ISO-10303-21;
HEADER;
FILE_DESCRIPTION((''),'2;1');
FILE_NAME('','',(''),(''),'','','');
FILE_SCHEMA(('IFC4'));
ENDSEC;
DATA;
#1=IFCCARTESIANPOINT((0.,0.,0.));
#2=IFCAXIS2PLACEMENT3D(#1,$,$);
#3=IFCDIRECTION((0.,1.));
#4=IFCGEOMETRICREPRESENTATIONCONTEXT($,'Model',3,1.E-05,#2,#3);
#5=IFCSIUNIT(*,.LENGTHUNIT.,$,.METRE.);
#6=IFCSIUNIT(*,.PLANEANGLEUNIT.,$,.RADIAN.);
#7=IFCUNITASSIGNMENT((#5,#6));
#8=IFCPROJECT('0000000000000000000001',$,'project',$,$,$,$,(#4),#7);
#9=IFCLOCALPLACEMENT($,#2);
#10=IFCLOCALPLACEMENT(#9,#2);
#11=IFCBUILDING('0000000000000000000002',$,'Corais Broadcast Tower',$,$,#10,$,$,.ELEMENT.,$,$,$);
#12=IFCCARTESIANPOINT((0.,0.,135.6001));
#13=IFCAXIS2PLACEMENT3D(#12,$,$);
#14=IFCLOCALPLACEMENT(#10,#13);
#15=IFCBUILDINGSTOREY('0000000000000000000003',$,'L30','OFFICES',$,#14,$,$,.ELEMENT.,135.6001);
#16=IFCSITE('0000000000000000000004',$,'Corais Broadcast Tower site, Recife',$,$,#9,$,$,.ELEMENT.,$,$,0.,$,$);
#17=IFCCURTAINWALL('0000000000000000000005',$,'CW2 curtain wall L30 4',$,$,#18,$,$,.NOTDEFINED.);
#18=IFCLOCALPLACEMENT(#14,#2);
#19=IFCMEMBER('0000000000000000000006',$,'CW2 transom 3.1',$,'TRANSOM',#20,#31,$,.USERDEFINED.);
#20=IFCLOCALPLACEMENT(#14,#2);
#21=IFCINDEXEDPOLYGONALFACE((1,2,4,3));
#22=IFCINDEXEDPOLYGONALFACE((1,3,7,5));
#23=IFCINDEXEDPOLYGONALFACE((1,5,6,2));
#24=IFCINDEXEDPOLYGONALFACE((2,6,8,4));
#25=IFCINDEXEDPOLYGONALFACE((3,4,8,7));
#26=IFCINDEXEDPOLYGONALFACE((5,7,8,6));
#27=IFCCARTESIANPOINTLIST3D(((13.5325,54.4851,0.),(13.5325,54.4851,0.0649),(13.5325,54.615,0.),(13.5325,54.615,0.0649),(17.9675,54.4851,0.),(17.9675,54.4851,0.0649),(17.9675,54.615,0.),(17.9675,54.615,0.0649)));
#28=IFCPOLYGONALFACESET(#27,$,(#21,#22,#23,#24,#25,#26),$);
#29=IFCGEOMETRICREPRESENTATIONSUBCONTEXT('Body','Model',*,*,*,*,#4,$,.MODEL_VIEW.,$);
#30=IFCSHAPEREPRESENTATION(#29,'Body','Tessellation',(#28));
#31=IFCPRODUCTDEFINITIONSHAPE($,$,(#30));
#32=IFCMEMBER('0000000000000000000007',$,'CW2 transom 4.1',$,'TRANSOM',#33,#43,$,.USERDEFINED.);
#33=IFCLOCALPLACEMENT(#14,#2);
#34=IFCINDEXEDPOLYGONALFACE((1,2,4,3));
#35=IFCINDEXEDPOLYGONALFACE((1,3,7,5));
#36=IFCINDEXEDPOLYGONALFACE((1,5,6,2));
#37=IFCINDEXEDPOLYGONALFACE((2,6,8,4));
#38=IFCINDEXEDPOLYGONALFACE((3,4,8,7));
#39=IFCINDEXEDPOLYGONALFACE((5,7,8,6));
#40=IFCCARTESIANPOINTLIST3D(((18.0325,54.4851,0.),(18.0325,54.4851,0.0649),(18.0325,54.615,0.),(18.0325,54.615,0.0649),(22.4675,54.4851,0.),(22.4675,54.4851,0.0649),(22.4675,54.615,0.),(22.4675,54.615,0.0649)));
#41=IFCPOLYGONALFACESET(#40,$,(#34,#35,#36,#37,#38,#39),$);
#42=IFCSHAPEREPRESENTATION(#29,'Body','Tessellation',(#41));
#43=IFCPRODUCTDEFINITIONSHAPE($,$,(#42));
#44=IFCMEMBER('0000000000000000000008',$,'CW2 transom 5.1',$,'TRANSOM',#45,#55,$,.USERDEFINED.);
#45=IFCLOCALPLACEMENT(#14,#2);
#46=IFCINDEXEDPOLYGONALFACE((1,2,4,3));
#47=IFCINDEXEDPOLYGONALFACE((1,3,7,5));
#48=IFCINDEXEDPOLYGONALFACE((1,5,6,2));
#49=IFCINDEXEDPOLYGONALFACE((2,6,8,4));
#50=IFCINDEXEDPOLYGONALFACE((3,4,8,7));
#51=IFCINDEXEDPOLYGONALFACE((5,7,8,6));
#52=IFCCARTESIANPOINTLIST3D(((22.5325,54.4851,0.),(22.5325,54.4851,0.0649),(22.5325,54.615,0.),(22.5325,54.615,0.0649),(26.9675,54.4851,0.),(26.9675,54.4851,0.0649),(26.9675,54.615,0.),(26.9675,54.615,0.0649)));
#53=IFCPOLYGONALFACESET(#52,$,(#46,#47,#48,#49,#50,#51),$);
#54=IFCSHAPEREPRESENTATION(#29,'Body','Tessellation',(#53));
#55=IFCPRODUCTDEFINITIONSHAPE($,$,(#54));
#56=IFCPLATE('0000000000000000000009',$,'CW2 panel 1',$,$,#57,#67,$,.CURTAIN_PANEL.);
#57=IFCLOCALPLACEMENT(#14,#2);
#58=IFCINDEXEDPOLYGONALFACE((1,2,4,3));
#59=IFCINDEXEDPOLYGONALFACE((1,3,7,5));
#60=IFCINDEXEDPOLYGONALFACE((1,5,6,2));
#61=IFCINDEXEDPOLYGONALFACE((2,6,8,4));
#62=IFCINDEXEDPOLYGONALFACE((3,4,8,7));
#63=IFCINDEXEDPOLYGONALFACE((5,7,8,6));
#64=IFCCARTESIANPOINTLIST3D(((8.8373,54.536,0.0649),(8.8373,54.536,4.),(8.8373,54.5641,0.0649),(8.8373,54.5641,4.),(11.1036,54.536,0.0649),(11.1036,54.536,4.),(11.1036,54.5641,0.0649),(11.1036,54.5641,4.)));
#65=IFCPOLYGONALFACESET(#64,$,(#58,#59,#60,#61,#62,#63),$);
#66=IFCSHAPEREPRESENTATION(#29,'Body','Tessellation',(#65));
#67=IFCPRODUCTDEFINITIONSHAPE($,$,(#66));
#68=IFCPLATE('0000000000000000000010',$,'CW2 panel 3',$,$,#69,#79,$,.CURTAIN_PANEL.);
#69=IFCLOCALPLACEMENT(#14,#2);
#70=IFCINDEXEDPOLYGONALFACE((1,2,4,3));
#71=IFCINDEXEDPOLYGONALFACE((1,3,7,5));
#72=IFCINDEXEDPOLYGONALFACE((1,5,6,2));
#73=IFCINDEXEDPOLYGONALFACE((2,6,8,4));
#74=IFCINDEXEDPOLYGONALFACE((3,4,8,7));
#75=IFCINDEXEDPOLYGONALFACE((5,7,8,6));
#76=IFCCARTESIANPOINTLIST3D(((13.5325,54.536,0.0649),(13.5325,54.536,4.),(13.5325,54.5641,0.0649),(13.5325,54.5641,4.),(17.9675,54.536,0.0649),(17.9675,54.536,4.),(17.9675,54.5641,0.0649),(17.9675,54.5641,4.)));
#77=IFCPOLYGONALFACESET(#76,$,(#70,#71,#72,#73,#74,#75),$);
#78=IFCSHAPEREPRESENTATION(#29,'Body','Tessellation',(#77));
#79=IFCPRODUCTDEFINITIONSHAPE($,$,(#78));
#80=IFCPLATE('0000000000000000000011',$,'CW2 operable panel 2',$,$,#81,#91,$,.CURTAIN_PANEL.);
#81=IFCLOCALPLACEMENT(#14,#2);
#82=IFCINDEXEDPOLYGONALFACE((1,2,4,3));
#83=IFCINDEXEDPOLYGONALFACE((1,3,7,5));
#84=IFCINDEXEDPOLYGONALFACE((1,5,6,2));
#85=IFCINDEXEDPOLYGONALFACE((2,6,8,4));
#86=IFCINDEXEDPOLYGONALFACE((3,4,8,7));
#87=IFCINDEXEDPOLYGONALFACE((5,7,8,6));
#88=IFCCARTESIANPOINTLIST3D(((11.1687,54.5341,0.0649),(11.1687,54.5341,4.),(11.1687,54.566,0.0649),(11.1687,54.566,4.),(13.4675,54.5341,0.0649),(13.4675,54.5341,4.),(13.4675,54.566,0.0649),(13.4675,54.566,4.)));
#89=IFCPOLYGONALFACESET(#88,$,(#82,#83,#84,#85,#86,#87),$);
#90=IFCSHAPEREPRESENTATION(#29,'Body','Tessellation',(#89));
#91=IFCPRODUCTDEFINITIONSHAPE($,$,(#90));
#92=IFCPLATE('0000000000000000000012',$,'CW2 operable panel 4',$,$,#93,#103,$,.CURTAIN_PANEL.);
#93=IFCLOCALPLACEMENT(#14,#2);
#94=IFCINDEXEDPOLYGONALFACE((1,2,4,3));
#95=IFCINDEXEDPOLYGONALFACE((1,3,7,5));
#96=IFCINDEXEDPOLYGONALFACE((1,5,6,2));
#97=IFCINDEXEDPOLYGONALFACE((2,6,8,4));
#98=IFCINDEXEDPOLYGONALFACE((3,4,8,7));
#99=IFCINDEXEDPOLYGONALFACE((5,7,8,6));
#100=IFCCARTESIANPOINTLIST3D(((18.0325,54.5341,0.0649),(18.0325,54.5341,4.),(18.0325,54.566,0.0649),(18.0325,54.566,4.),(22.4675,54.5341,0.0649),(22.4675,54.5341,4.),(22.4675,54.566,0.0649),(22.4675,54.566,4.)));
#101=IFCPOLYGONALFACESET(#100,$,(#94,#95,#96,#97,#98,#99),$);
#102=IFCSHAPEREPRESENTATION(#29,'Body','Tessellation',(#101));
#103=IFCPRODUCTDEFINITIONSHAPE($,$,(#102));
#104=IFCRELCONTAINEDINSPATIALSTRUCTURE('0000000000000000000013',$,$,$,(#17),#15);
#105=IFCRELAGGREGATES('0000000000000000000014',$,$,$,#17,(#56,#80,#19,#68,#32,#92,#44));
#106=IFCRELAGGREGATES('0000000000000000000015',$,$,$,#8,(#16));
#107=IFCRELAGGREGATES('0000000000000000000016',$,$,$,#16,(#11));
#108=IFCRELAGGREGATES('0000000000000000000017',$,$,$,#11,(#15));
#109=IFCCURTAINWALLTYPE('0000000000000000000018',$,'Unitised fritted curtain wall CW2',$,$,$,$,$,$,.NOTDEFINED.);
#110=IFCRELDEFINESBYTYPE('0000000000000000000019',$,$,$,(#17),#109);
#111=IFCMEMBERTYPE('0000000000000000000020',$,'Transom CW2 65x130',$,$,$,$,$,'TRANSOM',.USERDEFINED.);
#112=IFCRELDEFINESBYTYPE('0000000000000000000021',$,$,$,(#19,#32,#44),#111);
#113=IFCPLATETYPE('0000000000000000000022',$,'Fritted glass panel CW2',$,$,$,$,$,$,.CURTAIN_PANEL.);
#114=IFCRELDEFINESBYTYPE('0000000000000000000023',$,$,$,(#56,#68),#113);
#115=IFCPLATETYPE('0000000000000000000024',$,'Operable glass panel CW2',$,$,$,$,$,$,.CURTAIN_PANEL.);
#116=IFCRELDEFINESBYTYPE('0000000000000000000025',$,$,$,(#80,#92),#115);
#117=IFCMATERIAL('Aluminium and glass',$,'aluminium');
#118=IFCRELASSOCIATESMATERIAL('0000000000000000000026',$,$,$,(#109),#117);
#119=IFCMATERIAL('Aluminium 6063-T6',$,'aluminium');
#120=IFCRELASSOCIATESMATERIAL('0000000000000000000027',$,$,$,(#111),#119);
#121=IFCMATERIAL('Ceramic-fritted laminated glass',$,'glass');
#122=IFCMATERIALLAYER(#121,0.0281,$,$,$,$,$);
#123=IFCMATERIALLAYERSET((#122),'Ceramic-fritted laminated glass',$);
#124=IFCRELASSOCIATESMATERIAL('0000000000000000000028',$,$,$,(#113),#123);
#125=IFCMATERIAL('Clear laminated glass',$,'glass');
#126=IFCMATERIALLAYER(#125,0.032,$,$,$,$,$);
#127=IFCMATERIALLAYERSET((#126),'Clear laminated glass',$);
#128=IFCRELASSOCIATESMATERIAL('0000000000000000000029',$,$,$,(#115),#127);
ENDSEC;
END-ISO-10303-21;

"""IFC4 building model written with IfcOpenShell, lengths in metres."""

from ifc_helpers import new_model, si_unit, direction, frame, origin, origin_2d, place, context, subcontext, project, spatial, rectangle, extrude, material, layer, layer_set, material_profile, profile_set, type_object, element, aggregate, save


model = new_model("IFC4")

# Units and contexts
model_context = context("Model", 3, precision=1e-05, world=origin(), true_north=direction((0.0, 1.0)))
body_context = subcontext(model_context, "Body", "Model", "MODEL_VIEW")
ifc_project = project(units=[si_unit("LENGTHUNIT", "METRE"), si_unit("PLANEANGLEUNIT", "RADIAN")], contexts=[model_context])

# Site, building, storey
site_placement = place(None, origin())
site = spatial("IfcSite", under=ifc_project, at=site_placement, Name="Corais Broadcast Tower site, Recife", CompositionType="ELEMENT", RefElevation=0.0)
building_placement = place(site_placement, origin())
building = spatial("IfcBuilding", under=site, at=building_placement, Name="Corais Broadcast Tower", CompositionType="ELEMENT")
storey_placement = place(building_placement, frame((0.0, 0.0, 135.6001)))
storey = spatial("IfcBuildingStorey", under=building, at=storey_placement, Name="L30", Description="OFFICES", CompositionType="ELEMENT", Elevation=135.6001)

# Curtain wall
ifc_material_1 = material(Name="Aluminium and glass", Category="aluminium")
curtain_wall_type = type_object("IfcCurtainWallType", Name="Unitised fritted curtain wall CW2", PredefinedType="NOTDEFINED", material=ifc_material_1)
curtain_wall_placement = place(storey_placement, origin())
curtain_wall = element("IfcCurtainWall", 1, at=curtain_wall_placement, inside=storey, type_object=curtain_wall_type, Name="CW2 curtain wall L30 4", PredefinedType="NOTDEFINED")

# Members
ifc_material_2 = material(Name="Aluminium 6063-T6", Category="aluminium")
ifc_material_profile_1 = material_profile(ifc_material_2, rectangle(XDim=0.1299, YDim=0.0649, at=origin_2d()), Name="Transom CW2 65x130")
ifc_profile_set_1 = profile_set([ifc_material_profile_1], Name="Aluminium 6063-T6")
member_type_1 = type_object("IfcMemberType", Name="Transom CW2 65x130", ElementType="TRANSOM", PredefinedType="USERDEFINED", material=ifc_profile_set_1)
member_1_placement = place(storey_placement, frame((13.5325, 54.55, 0.0325), z_axis=(1.0, 0.0, 0.0), x_axis=(0.0, 1.0, 0.0)))
member_1 = element("IfcMember", 2, at=member_1_placement, type_object=member_type_1, Name="CW2 transom 3.1", ObjectType="TRANSOM", PredefinedType="USERDEFINED", context=body_context, shape_type="SweptSolid", body=[
    extrude(rectangle(XDim=0.1299, YDim=0.0649, at=origin_2d()), origin(), (0.0, 0.0, 1.0), 4.4351),
])
member_2_placement = place(storey_placement, frame((18.0325, 54.55, 0.0325), z_axis=(1.0, 0.0, 0.0), x_axis=(0.0, 1.0, 0.0)))
member_2 = element("IfcMember", 3, at=member_2_placement, type_object=member_type_1, Name="CW2 transom 4.1", ObjectType="TRANSOM", PredefinedType="USERDEFINED", context=body_context, shape_type="SweptSolid", body=[
    extrude(rectangle(XDim=0.1299, YDim=0.0649, at=origin_2d()), origin(), (0.0, 0.0, 1.0), 4.4351),
])
member_3_placement = place(storey_placement, frame((22.5325, 54.55, 0.0325), z_axis=(1.0, 0.0, 0.0), x_axis=(0.0, 1.0, 0.0)))
member_3 = element("IfcMember", 4, at=member_3_placement, type_object=member_type_1, Name="CW2 transom 5.1", ObjectType="TRANSOM", PredefinedType="USERDEFINED", context=body_context, shape_type="SweptSolid", body=[
    extrude(rectangle(XDim=0.1299, YDim=0.0649, at=origin_2d()), origin(), (0.0, 0.0, 1.0), 4.4351),
])

# Plates
ifc_material_3 = material(Name="Ceramic-fritted laminated glass", Category="glass")
ifc_layer_1 = layer(ifc_material_3, 0.0281)
ifc_layer_set_1 = layer_set([ifc_layer_1], Name="Ceramic-fritted laminated glass")
plate_type_1 = type_object("IfcPlateType", Name="Fritted glass panel CW2", PredefinedType="CURTAIN_PANEL", material=ifc_layer_set_1)
plate_1_placement = place(storey_placement, frame((9.9705, 54.55, 0.0649), z_axis=(0.0, 0.0, 1.0), x_axis=(1.0, 0.0, 0.0)))
plate_1 = element("IfcPlate", 5, at=plate_1_placement, type_object=plate_type_1, Name="CW2 panel 1", PredefinedType="CURTAIN_PANEL", context=body_context, shape_type="SweptSolid", body=[
    extrude(rectangle(XDim=2.2664, YDim=0.0281, at=origin_2d()), origin(), (0.0, 0.0, 1.0), 3.9351),
])
plate_2_placement = place(storey_placement, frame((15.75, 54.55, 0.0649), z_axis=(0.0, 0.0, 1.0), x_axis=(1.0, 0.0, 0.0)))
plate_2 = element("IfcPlate", 6, at=plate_2_placement, type_object=plate_type_1, Name="CW2 panel 3", PredefinedType="CURTAIN_PANEL", context=body_context, shape_type="SweptSolid", body=[
    extrude(rectangle(XDim=4.4351, YDim=0.0281, at=origin_2d()), origin(), (0.0, 0.0, 1.0), 3.9351),
])
ifc_material_4 = material(Name="Clear laminated glass", Category="glass")
ifc_layer_2 = layer(ifc_material_4, 0.032)
ifc_layer_set_2 = layer_set([ifc_layer_2], Name="Clear laminated glass")
plate_type_2 = type_object("IfcPlateType", Name="Operable glass panel CW2", PredefinedType="CURTAIN_PANEL", material=ifc_layer_set_2)
plate_3_placement = place(storey_placement, frame((12.3181, 54.55, 0.0649), z_axis=(0.0, 0.0, 1.0), x_axis=(1.0, 0.0, 0.0)))
plate_3 = element("IfcPlate", 7, at=plate_3_placement, type_object=plate_type_2, Name="CW2 operable panel 2", PredefinedType="CURTAIN_PANEL", context=body_context, shape_type="SweptSolid", body=[
    extrude(rectangle(XDim=2.2988, YDim=0.032, at=origin_2d()), origin(), (0.0, 0.0, 1.0), 3.9351),
])
plate_4_placement = place(storey_placement, frame((20.25, 54.55, 0.0649), z_axis=(0.0, 0.0, 1.0), x_axis=(1.0, 0.0, 0.0)))
plate_4 = element("IfcPlate", 8, at=plate_4_placement, type_object=plate_type_2, Name="CW2 operable panel 4", PredefinedType="CURTAIN_PANEL", context=body_context, shape_type="SweptSolid", body=[
    extrude(rectangle(XDim=4.4351, YDim=0.032, at=origin_2d()), origin(), (0.0, 0.0, 1.0), 3.9351),
])
aggregate(curtain_wall, [plate_1, plate_3, member_1, plate_2, member_2, plate_4, member_3])

save(model, "model.ifc")
